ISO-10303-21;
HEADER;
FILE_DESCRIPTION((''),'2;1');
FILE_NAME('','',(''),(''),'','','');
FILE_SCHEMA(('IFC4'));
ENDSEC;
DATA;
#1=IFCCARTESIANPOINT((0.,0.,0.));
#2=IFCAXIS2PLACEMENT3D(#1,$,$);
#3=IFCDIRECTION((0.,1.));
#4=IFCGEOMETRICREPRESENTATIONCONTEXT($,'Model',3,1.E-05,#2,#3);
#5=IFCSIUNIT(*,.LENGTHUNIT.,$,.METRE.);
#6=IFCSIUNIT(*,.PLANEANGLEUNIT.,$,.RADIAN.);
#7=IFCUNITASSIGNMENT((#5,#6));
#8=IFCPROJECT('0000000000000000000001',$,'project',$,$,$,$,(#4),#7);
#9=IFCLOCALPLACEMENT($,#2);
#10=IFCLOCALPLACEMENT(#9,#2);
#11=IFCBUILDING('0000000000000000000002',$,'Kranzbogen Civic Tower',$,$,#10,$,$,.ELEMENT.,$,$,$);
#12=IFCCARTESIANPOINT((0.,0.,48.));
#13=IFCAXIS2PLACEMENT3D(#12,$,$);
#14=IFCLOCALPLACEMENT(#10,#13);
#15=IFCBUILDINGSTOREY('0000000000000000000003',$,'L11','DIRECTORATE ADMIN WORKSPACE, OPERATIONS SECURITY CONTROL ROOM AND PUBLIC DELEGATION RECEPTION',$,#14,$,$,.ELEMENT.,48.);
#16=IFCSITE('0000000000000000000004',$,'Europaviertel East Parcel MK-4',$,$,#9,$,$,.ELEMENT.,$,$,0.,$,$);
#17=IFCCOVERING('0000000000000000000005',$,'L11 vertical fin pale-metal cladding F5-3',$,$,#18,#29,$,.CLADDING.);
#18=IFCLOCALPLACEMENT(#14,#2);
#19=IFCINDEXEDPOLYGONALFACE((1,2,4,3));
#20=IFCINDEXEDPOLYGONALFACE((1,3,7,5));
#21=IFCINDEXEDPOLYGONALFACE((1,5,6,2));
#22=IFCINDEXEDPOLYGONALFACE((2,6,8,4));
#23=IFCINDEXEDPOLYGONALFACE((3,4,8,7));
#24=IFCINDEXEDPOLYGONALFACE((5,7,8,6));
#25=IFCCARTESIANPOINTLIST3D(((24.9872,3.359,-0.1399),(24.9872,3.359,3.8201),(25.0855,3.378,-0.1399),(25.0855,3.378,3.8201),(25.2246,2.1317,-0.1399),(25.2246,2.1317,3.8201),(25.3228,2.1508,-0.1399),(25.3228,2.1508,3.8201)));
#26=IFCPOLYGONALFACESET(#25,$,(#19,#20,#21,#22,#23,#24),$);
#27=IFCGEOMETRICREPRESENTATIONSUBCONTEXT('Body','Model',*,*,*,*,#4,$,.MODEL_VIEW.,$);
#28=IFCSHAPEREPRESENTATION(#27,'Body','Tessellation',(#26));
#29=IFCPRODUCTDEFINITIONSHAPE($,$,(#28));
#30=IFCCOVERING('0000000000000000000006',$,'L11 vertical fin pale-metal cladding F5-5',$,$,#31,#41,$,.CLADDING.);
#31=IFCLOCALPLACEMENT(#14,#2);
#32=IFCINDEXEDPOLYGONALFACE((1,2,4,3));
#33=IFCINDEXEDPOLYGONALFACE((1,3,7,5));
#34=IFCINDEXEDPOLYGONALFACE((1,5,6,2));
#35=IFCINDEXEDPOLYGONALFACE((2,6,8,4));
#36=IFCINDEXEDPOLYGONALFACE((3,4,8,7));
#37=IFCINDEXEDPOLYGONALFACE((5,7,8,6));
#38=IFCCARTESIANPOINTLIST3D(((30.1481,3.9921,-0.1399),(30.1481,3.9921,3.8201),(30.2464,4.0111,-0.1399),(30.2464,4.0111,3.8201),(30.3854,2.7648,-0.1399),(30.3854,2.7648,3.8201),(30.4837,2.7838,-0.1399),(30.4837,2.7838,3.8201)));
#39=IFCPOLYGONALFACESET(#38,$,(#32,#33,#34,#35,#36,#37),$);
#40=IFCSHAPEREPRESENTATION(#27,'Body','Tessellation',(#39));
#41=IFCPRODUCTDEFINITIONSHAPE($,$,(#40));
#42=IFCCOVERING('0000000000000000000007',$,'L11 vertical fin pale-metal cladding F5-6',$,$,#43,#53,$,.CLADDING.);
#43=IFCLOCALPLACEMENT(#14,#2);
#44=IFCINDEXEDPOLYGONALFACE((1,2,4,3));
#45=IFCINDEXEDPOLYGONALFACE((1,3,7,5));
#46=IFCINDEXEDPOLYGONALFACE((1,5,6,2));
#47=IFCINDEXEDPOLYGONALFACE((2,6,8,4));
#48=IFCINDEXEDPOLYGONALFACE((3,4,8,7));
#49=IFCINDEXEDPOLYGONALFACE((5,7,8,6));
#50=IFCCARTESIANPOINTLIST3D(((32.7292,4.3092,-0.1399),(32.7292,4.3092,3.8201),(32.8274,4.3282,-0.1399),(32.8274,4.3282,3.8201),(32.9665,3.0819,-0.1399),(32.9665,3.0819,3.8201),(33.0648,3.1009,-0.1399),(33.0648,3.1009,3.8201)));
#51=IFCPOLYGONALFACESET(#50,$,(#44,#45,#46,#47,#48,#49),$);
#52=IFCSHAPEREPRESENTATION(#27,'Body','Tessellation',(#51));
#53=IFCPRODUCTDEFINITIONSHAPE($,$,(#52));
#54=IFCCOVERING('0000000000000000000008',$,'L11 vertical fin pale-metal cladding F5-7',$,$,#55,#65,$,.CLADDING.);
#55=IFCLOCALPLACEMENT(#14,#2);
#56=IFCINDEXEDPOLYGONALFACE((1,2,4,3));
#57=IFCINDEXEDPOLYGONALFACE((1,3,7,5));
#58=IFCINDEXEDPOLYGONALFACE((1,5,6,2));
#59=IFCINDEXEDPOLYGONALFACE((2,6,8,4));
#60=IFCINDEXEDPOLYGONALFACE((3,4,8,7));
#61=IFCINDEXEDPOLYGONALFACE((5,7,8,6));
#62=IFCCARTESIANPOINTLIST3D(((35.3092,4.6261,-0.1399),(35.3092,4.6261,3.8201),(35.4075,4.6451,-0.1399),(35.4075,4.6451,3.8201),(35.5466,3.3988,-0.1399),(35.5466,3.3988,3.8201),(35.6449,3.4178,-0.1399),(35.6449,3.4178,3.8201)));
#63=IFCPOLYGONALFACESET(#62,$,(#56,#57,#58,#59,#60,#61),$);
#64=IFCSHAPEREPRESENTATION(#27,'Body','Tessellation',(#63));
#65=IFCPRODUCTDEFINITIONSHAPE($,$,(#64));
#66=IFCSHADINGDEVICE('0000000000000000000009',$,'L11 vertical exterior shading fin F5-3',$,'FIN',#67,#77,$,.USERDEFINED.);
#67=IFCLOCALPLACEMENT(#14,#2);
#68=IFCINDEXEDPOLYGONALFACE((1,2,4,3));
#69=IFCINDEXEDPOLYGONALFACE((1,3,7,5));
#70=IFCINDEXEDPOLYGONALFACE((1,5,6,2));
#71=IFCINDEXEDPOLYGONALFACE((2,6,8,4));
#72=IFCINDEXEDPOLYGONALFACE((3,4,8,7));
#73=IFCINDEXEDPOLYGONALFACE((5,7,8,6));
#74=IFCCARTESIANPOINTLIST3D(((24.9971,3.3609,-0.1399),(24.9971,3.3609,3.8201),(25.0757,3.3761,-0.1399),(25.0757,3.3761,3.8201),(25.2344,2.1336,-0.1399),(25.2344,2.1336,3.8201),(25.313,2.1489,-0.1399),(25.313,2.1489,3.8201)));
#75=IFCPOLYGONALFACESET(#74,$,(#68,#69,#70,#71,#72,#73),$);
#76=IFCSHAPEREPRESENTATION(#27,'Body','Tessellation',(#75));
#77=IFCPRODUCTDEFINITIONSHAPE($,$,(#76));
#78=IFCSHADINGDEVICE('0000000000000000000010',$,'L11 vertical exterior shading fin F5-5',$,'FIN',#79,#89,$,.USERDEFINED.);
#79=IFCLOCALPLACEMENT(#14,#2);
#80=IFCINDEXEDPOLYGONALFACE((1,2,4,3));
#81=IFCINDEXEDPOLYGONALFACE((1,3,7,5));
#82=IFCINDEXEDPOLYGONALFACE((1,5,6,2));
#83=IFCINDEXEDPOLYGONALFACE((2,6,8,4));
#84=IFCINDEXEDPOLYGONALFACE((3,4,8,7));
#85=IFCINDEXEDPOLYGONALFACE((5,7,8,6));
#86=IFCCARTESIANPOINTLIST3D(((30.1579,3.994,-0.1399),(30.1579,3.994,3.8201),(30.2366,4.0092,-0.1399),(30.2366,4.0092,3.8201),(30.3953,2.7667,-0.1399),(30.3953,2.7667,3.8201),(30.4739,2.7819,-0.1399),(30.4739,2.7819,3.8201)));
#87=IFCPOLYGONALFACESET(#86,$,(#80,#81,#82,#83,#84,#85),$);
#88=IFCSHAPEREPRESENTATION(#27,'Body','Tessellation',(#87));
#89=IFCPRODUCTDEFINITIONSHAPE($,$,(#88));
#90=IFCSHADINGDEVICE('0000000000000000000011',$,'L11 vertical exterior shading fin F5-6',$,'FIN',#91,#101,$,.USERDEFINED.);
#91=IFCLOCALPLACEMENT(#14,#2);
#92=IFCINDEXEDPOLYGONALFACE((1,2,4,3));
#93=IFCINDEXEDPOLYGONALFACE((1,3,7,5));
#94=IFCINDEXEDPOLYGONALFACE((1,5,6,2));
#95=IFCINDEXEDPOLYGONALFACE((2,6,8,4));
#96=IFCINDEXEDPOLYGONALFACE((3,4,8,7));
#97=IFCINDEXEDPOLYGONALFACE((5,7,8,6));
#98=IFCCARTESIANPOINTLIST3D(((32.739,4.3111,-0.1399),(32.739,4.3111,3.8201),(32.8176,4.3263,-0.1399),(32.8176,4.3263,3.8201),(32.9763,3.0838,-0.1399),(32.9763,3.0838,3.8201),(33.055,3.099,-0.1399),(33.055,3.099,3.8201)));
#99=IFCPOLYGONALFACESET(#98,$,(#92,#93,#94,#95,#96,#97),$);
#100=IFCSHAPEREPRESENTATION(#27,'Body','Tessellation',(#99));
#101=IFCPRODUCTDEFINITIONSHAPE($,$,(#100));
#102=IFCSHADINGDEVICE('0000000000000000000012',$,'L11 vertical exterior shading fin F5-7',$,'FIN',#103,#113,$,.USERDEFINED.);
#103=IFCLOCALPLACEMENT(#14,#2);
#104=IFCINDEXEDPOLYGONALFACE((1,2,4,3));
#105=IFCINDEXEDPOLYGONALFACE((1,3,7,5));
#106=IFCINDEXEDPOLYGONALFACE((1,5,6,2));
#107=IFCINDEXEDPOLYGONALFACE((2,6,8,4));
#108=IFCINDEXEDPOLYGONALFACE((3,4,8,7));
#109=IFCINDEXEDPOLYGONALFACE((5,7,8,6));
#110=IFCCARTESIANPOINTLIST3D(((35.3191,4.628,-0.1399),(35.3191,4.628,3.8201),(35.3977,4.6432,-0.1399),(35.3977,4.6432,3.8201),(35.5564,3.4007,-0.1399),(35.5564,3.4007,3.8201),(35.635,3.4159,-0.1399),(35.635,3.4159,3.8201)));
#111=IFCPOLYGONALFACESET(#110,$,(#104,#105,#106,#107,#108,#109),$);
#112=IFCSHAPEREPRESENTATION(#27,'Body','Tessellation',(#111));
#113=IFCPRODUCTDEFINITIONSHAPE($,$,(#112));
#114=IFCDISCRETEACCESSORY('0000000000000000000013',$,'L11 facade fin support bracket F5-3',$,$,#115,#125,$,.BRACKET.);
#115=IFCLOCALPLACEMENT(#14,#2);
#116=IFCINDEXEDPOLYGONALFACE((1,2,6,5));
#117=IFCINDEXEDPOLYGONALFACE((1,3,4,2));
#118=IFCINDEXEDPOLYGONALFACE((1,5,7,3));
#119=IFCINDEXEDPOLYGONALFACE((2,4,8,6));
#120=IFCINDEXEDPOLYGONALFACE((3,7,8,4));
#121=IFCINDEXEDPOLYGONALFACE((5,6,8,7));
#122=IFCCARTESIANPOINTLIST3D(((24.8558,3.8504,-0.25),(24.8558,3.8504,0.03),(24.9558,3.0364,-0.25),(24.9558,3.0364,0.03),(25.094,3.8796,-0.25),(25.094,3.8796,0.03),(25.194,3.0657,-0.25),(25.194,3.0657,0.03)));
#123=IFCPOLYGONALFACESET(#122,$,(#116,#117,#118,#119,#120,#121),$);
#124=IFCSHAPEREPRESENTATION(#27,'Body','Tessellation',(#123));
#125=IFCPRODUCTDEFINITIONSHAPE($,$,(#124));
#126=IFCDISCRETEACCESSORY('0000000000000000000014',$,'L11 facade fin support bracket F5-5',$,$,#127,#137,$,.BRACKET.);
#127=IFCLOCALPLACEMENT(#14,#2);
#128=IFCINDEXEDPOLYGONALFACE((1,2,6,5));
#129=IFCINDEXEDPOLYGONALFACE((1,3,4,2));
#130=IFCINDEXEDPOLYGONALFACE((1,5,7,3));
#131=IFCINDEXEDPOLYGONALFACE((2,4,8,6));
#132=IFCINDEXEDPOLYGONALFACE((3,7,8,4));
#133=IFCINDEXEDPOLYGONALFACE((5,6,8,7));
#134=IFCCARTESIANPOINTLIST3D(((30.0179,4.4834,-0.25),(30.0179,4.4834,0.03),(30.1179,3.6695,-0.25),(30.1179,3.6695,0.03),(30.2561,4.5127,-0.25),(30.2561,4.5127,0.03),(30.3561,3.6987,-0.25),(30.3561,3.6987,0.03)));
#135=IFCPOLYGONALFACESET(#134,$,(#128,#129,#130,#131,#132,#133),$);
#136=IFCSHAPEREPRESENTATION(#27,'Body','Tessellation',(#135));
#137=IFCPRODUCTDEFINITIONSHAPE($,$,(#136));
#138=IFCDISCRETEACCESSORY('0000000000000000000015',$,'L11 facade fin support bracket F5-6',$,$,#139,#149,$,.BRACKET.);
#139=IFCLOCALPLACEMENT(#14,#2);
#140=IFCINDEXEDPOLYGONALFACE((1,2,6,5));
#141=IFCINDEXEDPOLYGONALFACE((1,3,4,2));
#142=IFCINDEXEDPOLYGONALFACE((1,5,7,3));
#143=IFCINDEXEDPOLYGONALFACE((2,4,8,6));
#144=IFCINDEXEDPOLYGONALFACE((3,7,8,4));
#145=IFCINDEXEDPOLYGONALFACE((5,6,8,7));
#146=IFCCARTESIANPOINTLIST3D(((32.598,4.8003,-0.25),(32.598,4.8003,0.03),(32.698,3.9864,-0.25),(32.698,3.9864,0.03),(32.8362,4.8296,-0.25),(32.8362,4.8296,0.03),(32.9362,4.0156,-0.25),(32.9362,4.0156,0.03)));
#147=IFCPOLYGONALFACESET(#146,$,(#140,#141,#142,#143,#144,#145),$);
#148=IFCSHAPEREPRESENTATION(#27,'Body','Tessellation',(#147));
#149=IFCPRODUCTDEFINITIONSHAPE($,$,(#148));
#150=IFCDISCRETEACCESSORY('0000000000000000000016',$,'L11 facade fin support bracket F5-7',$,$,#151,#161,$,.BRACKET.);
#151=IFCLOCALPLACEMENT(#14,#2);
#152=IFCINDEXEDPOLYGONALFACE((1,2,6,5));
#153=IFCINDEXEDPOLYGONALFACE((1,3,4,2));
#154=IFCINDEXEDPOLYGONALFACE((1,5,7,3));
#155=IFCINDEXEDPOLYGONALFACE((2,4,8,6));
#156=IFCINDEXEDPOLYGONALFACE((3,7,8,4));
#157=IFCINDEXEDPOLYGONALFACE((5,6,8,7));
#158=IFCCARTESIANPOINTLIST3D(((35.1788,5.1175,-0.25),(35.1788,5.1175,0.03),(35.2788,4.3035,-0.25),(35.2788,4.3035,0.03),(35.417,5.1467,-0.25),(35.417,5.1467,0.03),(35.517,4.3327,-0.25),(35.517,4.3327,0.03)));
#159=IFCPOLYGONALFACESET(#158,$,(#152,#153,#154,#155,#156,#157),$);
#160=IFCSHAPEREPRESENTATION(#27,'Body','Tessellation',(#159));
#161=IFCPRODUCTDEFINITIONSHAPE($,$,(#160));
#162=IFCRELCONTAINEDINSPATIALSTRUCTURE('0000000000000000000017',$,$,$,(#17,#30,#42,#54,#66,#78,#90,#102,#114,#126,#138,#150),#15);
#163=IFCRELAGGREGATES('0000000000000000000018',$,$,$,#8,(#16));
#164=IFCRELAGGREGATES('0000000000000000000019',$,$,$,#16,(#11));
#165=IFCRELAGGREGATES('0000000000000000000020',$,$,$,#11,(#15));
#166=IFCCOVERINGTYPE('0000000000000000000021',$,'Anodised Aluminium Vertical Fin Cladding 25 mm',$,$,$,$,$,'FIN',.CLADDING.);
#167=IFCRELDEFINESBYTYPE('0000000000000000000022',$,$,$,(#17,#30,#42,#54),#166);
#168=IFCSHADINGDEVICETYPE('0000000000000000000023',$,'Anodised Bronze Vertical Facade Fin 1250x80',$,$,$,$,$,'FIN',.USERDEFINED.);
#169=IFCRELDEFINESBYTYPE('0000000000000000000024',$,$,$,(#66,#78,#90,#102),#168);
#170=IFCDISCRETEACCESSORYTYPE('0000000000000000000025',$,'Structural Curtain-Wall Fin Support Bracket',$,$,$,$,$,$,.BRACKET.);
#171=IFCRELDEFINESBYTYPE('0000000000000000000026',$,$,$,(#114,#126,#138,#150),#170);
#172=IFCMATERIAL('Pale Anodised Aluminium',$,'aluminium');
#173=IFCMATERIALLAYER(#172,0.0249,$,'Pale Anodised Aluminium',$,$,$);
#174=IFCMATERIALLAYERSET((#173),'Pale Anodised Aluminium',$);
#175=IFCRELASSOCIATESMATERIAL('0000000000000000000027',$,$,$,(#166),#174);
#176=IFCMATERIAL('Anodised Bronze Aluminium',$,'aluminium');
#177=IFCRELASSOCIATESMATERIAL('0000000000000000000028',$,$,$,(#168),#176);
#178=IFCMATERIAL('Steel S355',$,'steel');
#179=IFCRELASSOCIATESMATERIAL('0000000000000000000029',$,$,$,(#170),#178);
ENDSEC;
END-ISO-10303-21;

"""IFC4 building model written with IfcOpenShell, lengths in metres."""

from ifc_helpers import new_model, si_unit, direction, frame, origin, origin_2d, place, context, subcontext, project, spatial, rectangle, extrude, material, layer, layer_set, type_object, element, save


model = new_model("IFC4")

# Units and contexts
model_context = context("Model", 3, precision=1e-05, world=origin(), true_north=direction((0.0, 1.0)))
body_context = subcontext(model_context, "Body", "Model", "MODEL_VIEW")
ifc_project = project(units=[si_unit("LENGTHUNIT", "METRE"), si_unit("PLANEANGLEUNIT", "RADIAN")], contexts=[model_context])

# Site, building, storey
site_placement = place(None, origin())
site = spatial("IfcSite", under=ifc_project, at=site_placement, Name="Europaviertel East Parcel MK-4", CompositionType="ELEMENT", RefElevation=0.0)
building_placement = place(site_placement, origin())
building = spatial("IfcBuilding", under=site, at=building_placement, Name="Kranzbogen Civic Tower", CompositionType="ELEMENT")
storey_placement = place(building_placement, frame((0.0, 0.0, 48.0)))
storey = spatial("IfcBuildingStorey", under=building, at=storey_placement, Name="L11", Description="DIRECTORATE ADMIN WORKSPACE, OPERATIONS SECURITY CONTROL ROOM AND PUBLIC DELEGATION RECEPTION", CompositionType="ELEMENT", Elevation=48.0)

# Shared definitions
ifc_material_1 = material(Name="Steel S355", Category="steel")

# Shared definitions
ifc_material_2 = material(Name="Pale Anodised Aluminium", Category="aluminium")

# Coverings
ifc_layer_1 = layer(ifc_material_2, 0.0249, Name="Pale Anodised Aluminium")
ifc_layer_set_1 = layer_set([ifc_layer_1], Name="Pale Anodised Aluminium")
covering_type = type_object("IfcCoveringType", Name="Anodised Aluminium Vertical Fin Cladding 25 mm", ElementType="FIN", PredefinedType="CLADDING", material=ifc_layer_set_1)
for number, where, z_axis, x_axis, name in (
    (1, (25.155, 2.7549, -0.1399), (0.0, 0.0, 1.0), (0.189867, -0.98181, 0.0), "L11 vertical fin pale-metal cladding F5-3"),
    (2, (30.3159, 3.3879, -0.1399), (0.0, 0.0, 1.0), (0.189867, -0.98181, 0.0), "L11 vertical fin pale-metal cladding F5-5"),
    (3, (32.897, 3.7051, -0.1399), (0.0, 0.0, 1.0), (0.189867, -0.98181, 0.0), "L11 vertical fin pale-metal cladding F5-6"),
    (4, (35.4771, 4.022, -0.1399), (0.0, 0.0, 1.0), (0.189867, -0.98181, 0.0), "L11 vertical fin pale-metal cladding F5-7"),
):
    element("IfcCovering", number, at=place(storey_placement, frame(where, z_axis=z_axis, x_axis=x_axis)), inside=storey, type_object=covering_type, Name=name, PredefinedType="CLADDING", context=body_context, shape_type="SweptSolid", body=[
        extrude(rectangle(XDim=1.25, YDim=0.1001, at=origin_2d()), origin(), (0.0, 0.0, 1.0), 3.96),
    ])

# Shading devices
ifc_material_3 = material(Name="Anodised Bronze Aluminium", Category="aluminium")
shading_device_type = type_object("IfcShadingDeviceType", Name="Anodised Bronze Vertical Facade Fin 1250x80", ElementType="FIN", PredefinedType="USERDEFINED", material=ifc_material_3)
for number, where, z_axis, x_axis, name in (
    (5, (25.155, 2.7549, -0.1399), (0.0, 0.0, 1.0), (0.189867, -0.98181, 0.0), "L11 vertical exterior shading fin F5-3"),
    (6, (30.3159, 3.3879, -0.1399), (0.0, 0.0, 1.0), (0.189867, -0.98181, 0.0), "L11 vertical exterior shading fin F5-5"),
    (7, (32.897, 3.7051, -0.1399), (0.0, 0.0, 1.0), (0.189867, -0.98181, 0.0), "L11 vertical exterior shading fin F5-6"),
    (8, (35.4771, 4.022, -0.1399), (0.0, 0.0, 1.0), (0.189867, -0.98181, 0.0), "L11 vertical exterior shading fin F5-7"),
):
    element("IfcShadingDevice", number, at=place(storey_placement, frame(where, z_axis=z_axis, x_axis=x_axis)), inside=storey, type_object=shading_device_type, Name=name, ObjectType="FIN", PredefinedType="USERDEFINED", context=body_context, shape_type="SweptSolid", body=[
        extrude(rectangle(XDim=1.25, YDim=0.0801, at=origin_2d()), origin(), (0.0, 0.0, 1.0), 3.96),
    ])

# Discrete accessories
discrete_accessory_type = type_object("IfcDiscreteAccessoryType", Name="Structural Curtain-Wall Fin Support Bracket", PredefinedType="BRACKET", material=ifc_material_1)
for number, where, z_axis, x_axis, name in (
    (9, (25.0249, 3.458, -0.25), (0.0, 0.0, 1.0), (0.121869, -0.992546, 0.0), "L11 facade fin support bracket F5-3"),
    (10, (30.187, 4.0911, -0.25), (0.0, 0.0, 1.0), (0.121869, -0.992546, 0.0), "L11 facade fin support bracket F5-5"),
    (11, (32.7671, 4.408, -0.25), (0.0, 0.0, 1.0), (0.121869, -0.992546, 0.0), "L11 facade fin support bracket F5-6"),
    (12, (35.3479, 4.7251, -0.25), (0.0, 0.0, 1.0), (0.121869, -0.992546, 0.0), "L11 facade fin support bracket F5-7"),
):
    element("IfcDiscreteAccessory", number, at=place(storey_placement, frame(where, z_axis=z_axis, x_axis=x_axis)), inside=storey, type_object=discrete_accessory_type, Name=name, PredefinedType="BRACKET", context=body_context, shape_type="SweptSolid", body=[
        extrude(rectangle(XDim=0.8201, YDim=0.24, at=origin_2d()), origin(), (0.0, 0.0, 1.0), 0.28),
    ])

save(model, "model.ifc")
